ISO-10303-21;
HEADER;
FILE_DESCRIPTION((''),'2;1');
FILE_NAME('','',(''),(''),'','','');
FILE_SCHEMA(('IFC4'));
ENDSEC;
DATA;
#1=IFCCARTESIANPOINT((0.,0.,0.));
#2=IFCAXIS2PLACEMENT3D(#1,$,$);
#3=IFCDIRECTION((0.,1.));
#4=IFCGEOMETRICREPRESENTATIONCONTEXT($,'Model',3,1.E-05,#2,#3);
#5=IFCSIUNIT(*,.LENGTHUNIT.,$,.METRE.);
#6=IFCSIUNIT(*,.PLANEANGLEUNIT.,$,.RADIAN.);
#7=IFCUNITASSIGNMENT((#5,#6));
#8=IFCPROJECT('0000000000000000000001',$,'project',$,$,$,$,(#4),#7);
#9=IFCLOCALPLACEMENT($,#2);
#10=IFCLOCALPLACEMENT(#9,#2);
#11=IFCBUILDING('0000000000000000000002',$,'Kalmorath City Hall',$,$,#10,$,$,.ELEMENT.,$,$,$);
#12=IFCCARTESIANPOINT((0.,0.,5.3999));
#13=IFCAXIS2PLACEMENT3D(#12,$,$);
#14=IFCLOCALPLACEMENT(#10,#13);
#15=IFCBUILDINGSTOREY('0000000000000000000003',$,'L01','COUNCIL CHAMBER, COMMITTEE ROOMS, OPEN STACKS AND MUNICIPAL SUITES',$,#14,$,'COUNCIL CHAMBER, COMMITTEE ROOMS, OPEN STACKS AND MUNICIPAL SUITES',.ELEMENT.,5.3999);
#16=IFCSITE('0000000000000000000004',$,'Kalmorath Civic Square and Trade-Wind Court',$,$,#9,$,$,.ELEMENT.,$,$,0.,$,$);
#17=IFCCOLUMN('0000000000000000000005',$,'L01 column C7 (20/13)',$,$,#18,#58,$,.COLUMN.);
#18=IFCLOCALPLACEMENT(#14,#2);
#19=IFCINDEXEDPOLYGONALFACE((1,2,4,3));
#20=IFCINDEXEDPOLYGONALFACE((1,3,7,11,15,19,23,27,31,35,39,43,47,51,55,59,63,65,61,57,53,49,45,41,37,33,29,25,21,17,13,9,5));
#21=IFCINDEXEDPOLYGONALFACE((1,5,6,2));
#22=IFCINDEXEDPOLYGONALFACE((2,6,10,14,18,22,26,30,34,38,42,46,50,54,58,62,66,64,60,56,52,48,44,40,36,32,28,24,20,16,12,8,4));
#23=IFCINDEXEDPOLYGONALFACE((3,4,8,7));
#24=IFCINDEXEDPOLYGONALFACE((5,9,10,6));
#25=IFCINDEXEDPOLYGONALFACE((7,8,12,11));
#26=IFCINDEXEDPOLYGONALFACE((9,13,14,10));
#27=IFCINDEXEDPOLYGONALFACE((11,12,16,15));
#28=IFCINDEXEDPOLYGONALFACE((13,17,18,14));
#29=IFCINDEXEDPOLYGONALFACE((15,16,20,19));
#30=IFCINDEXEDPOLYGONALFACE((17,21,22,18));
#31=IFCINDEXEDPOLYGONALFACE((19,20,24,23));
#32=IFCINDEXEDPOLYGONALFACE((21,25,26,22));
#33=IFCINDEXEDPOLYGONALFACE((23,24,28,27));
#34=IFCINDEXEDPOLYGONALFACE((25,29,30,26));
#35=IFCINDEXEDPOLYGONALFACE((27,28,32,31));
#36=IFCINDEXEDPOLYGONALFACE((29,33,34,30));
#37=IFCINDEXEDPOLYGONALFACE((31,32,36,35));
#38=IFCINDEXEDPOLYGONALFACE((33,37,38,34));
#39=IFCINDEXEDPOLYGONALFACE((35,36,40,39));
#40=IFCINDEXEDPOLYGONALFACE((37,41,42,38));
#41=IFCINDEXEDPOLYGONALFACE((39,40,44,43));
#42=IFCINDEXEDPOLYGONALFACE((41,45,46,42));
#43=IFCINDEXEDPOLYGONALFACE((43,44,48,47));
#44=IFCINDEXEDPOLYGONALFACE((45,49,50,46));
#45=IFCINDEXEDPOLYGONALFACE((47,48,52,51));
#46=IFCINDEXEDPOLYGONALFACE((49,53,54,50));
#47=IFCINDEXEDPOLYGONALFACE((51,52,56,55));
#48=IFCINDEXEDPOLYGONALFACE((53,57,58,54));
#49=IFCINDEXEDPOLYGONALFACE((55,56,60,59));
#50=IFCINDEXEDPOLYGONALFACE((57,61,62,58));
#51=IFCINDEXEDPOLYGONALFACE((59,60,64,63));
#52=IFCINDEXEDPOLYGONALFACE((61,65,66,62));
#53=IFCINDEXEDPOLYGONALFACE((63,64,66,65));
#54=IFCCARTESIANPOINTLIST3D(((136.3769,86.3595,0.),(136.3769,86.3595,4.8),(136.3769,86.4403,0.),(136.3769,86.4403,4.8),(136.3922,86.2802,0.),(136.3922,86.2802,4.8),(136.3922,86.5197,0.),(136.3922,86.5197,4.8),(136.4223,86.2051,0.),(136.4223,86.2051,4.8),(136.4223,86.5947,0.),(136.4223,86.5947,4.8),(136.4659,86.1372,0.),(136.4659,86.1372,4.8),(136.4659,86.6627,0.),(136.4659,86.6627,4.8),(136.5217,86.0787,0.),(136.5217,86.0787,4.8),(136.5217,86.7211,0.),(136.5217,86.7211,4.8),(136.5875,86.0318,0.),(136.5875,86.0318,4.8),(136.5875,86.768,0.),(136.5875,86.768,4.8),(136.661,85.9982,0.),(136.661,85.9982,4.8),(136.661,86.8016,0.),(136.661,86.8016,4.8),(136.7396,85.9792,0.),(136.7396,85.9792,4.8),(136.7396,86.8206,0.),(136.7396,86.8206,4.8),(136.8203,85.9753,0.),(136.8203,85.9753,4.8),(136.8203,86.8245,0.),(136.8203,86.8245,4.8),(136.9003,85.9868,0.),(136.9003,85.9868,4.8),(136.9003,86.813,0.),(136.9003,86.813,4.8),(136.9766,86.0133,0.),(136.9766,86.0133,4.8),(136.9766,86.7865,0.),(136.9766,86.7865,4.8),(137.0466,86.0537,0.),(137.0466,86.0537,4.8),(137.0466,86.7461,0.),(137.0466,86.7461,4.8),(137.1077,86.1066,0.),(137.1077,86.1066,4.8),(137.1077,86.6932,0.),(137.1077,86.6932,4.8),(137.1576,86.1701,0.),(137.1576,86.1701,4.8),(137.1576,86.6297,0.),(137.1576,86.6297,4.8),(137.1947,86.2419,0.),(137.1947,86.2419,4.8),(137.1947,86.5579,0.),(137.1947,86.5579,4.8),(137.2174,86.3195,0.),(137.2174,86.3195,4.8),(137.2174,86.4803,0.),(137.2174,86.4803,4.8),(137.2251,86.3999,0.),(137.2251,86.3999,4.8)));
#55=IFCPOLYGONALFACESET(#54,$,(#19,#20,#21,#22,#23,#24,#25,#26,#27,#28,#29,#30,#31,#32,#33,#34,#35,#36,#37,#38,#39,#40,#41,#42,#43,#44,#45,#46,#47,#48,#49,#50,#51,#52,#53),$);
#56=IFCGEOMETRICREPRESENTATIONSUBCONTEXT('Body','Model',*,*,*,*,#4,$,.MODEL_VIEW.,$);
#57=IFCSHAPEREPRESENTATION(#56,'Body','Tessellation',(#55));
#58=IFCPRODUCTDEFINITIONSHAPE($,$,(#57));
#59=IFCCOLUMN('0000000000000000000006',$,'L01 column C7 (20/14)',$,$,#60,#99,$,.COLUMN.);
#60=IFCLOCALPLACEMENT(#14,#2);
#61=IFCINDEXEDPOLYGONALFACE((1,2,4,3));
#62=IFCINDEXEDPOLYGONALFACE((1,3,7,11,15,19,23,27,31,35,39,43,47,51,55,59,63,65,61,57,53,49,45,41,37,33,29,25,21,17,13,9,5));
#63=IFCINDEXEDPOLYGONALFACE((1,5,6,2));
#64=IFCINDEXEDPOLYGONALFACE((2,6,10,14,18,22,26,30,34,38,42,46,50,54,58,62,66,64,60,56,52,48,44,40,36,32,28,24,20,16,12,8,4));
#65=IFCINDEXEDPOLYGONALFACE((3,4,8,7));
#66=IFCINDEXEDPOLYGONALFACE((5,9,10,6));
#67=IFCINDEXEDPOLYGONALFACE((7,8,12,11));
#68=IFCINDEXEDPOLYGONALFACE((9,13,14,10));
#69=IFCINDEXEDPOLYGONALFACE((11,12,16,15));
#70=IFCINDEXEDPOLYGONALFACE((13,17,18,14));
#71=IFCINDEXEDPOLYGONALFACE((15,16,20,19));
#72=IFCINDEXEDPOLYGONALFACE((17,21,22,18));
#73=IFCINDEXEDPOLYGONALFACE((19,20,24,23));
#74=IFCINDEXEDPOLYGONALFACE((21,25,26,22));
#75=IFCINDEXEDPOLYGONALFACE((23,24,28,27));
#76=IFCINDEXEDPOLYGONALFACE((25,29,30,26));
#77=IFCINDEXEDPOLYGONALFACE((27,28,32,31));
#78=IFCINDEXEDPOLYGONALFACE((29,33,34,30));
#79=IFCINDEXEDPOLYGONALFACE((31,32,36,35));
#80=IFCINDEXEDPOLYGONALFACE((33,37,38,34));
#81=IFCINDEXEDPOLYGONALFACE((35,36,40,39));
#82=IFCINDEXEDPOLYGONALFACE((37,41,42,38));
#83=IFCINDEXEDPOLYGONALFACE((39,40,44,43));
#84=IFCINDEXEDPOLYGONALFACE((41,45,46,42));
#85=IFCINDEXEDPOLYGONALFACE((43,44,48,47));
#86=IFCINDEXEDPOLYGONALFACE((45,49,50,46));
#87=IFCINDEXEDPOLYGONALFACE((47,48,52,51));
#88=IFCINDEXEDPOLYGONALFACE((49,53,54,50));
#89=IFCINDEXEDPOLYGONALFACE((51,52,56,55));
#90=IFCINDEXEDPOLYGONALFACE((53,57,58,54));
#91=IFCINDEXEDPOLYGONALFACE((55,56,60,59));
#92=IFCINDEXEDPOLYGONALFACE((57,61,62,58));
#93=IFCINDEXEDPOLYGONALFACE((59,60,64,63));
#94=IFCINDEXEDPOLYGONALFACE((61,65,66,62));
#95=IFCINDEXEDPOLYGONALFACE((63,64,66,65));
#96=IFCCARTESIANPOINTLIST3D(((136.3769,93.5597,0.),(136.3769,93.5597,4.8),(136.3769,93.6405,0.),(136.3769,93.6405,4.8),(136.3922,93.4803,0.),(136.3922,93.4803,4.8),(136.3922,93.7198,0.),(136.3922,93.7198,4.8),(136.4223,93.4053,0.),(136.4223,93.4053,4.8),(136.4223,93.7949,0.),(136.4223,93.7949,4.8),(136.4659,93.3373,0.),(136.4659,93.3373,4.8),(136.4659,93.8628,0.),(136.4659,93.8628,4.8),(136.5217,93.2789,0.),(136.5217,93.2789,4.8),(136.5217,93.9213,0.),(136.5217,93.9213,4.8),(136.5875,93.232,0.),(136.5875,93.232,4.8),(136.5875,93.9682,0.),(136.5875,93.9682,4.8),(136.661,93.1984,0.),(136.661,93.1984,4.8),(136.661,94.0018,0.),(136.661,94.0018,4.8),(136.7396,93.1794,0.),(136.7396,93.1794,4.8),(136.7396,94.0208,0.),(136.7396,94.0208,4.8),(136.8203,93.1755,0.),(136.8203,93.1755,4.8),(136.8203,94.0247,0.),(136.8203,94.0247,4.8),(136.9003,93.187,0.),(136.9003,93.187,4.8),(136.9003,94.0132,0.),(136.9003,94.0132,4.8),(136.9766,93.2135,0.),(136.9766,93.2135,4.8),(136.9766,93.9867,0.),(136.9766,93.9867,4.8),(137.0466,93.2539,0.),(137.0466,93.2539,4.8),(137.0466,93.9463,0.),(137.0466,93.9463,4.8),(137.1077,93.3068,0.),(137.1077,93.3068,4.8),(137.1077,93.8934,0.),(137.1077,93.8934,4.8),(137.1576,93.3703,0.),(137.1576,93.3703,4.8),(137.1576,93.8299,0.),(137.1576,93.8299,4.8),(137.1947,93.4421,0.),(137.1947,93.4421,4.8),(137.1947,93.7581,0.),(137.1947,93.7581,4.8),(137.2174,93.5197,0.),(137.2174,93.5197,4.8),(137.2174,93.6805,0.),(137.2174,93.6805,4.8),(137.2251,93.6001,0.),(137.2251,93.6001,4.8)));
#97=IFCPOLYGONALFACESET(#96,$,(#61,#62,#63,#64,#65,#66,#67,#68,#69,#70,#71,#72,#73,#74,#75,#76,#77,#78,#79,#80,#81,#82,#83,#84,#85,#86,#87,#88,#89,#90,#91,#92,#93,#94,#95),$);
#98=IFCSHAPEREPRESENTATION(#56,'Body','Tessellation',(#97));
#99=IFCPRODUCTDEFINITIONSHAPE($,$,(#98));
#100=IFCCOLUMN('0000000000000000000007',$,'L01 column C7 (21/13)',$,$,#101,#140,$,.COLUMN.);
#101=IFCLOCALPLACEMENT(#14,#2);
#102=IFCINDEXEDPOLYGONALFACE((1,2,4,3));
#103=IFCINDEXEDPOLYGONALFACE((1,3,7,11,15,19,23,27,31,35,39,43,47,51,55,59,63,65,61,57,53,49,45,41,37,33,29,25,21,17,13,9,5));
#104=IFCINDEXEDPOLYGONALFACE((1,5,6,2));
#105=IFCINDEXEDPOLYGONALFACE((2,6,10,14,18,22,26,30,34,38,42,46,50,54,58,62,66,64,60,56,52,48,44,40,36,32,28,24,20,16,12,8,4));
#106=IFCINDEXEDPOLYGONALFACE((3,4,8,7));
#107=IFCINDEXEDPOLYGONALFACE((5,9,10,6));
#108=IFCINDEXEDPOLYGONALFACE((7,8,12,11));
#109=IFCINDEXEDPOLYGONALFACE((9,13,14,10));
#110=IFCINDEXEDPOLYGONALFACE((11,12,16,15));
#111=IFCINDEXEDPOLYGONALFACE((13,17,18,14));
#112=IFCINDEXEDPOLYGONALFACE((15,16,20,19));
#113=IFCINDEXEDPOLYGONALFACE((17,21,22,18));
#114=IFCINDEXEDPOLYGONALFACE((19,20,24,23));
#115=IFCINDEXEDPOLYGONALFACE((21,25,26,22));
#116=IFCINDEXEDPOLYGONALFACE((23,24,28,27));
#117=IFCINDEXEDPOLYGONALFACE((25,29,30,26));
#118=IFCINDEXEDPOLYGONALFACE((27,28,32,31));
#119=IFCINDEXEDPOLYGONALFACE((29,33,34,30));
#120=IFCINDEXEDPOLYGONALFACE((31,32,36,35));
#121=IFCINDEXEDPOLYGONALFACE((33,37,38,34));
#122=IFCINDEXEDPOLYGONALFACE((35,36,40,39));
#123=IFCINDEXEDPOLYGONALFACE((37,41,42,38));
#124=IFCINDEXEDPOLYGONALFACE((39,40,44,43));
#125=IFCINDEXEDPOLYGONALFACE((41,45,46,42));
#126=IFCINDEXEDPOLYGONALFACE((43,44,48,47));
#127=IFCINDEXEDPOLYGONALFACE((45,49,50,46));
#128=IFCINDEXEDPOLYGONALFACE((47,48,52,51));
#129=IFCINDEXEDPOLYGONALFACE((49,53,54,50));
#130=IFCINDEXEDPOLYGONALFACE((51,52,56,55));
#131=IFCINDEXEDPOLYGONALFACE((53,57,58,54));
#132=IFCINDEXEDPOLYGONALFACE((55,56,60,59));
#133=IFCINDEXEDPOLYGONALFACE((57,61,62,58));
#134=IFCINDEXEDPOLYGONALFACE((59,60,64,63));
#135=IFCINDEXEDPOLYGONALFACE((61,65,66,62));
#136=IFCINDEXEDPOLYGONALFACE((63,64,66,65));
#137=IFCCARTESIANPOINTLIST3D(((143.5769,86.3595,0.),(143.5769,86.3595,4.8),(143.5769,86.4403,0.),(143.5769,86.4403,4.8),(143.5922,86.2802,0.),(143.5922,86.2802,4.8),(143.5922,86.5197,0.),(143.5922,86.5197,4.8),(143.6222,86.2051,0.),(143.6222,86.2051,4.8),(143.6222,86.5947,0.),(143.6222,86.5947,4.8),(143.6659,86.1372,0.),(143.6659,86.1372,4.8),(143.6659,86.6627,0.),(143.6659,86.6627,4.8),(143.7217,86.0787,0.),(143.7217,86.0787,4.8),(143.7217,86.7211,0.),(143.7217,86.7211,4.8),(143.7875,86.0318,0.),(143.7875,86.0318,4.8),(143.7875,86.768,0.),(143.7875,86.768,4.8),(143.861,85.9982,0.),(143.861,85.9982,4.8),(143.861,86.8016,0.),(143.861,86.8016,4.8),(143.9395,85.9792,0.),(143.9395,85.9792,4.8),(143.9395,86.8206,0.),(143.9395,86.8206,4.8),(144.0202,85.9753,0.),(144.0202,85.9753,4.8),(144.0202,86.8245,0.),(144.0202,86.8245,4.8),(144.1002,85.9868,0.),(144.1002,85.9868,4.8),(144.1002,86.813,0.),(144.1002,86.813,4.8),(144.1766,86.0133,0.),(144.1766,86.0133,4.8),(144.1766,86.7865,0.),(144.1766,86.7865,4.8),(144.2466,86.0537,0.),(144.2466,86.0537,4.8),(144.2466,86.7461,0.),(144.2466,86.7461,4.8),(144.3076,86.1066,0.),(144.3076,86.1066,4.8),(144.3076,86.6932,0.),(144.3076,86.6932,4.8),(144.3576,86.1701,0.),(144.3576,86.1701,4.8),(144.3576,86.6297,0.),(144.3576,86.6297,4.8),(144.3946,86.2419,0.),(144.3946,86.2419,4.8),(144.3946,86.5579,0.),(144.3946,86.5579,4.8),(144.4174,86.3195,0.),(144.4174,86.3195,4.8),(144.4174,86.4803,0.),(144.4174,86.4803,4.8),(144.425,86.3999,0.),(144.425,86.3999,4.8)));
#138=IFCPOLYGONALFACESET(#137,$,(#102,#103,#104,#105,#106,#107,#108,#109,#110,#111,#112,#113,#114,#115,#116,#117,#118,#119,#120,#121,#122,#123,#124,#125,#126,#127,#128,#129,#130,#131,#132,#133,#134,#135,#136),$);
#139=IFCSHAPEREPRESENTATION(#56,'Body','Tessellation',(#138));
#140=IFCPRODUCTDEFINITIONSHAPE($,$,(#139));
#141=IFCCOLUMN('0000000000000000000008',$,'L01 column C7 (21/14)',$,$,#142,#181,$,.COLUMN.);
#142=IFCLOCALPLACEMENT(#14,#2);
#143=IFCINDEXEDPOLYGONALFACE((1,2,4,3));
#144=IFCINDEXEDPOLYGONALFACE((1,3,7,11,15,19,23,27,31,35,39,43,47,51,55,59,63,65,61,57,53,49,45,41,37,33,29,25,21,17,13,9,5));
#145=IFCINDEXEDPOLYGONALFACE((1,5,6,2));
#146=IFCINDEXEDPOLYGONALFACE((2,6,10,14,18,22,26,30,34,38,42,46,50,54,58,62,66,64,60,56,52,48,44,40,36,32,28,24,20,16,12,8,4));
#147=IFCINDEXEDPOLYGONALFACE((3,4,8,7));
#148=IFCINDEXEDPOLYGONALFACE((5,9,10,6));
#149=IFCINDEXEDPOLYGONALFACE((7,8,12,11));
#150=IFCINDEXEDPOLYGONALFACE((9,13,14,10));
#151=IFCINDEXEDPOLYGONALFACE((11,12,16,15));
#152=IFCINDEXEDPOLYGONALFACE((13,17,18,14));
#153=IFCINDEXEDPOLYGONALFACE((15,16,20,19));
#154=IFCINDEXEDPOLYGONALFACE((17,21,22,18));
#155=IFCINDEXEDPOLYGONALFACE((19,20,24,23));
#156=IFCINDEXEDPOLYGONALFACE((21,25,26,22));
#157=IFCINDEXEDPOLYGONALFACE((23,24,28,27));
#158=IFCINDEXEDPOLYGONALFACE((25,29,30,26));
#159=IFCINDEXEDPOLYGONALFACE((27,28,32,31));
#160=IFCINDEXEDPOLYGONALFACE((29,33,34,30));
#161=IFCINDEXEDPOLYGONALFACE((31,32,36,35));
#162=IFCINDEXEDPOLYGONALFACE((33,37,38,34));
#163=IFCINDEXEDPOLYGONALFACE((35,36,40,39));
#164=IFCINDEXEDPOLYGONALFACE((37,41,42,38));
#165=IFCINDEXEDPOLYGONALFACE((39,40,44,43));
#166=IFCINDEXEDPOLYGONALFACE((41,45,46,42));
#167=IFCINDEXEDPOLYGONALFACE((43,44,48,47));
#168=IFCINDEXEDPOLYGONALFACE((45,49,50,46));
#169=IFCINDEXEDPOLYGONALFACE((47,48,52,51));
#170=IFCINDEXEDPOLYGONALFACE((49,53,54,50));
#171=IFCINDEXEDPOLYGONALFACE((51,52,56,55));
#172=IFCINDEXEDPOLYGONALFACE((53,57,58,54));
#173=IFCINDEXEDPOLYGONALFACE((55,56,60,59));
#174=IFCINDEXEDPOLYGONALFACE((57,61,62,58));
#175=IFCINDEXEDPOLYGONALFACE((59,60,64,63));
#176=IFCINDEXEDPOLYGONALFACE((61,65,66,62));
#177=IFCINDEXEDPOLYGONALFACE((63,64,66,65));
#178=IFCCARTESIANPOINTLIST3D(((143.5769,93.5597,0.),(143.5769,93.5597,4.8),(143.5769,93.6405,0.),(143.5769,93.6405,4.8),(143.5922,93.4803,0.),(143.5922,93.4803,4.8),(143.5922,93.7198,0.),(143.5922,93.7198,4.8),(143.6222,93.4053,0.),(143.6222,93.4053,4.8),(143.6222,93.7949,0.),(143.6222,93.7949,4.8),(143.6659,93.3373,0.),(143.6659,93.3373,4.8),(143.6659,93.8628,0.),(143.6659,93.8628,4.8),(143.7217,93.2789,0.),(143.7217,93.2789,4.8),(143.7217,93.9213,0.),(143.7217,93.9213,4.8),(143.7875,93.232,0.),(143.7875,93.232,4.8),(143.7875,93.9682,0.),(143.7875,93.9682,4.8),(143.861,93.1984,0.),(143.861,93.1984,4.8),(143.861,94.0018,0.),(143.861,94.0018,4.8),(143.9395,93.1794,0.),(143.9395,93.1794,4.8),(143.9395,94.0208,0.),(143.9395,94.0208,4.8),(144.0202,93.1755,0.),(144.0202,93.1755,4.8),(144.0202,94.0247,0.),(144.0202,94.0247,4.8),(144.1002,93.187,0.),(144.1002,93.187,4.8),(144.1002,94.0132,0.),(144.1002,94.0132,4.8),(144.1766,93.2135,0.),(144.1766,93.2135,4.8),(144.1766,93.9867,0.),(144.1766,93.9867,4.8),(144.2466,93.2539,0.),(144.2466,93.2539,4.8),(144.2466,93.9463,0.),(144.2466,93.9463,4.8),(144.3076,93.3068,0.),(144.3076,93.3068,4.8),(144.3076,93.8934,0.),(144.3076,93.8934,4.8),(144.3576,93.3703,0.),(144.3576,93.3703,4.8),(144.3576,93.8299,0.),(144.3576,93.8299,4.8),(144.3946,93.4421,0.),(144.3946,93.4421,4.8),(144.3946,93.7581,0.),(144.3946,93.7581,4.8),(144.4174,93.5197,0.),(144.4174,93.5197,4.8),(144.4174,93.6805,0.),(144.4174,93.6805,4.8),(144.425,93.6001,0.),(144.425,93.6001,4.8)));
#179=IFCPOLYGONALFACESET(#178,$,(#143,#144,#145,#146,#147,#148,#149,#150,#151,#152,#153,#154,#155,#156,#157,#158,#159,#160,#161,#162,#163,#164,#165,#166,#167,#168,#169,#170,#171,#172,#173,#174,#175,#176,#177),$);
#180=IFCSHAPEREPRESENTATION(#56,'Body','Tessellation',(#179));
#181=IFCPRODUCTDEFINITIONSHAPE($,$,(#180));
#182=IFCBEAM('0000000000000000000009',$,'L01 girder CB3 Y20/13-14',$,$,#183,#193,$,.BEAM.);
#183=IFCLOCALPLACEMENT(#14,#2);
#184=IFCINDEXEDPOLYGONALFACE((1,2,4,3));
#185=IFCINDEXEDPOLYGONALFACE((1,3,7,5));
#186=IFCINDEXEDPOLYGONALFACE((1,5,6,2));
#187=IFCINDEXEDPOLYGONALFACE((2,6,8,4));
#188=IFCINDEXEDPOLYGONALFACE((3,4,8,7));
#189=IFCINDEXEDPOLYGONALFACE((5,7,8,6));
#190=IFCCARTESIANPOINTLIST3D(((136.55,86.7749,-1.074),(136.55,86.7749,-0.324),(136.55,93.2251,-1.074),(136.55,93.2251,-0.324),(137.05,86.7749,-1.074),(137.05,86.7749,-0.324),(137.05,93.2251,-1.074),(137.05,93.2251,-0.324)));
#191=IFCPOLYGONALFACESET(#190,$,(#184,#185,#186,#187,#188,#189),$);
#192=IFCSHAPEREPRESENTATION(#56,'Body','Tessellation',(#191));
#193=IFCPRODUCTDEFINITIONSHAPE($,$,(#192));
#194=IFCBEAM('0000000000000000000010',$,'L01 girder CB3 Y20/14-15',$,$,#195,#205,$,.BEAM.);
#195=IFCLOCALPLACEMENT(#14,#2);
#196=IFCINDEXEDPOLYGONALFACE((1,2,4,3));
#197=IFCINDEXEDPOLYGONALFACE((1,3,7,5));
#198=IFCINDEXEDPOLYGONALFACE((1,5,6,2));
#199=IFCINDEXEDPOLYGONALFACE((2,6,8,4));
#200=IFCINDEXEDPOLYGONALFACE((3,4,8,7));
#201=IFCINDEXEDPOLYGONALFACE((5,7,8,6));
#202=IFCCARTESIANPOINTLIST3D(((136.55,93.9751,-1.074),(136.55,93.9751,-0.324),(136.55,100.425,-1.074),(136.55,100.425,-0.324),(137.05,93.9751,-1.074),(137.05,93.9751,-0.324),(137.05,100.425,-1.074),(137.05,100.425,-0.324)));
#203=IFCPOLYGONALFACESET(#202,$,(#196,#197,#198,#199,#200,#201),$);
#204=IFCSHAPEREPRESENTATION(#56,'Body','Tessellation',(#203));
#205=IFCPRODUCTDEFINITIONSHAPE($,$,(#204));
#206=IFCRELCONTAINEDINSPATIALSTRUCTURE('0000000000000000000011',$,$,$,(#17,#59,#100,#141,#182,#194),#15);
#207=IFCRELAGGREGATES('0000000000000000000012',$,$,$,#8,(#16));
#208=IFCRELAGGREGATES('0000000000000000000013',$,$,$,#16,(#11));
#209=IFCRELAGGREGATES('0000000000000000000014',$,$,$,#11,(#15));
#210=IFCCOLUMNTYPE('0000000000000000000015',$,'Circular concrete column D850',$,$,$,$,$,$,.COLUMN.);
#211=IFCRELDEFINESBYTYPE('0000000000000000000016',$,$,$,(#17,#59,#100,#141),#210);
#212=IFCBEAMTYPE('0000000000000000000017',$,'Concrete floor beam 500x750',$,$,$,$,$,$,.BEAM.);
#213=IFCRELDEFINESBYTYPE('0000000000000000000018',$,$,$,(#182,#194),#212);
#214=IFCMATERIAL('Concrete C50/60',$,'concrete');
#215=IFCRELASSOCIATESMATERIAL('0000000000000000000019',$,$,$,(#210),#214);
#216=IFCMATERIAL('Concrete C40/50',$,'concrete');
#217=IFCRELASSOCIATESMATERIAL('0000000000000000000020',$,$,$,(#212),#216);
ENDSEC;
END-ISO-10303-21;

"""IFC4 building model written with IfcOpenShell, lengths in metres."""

from ifc_helpers import new_model, si_unit, direction, frame, origin, origin_2d, place, context, subcontext, project, spatial, rectangle, circle, extrude, material, material_profile, profile_set, type_object, element, save


model = new_model("IFC4")

# Units and contexts
model_context = context("Model", 3, precision=1e-05, world=origin(), true_north=direction((0.0, 1.0)))
body_context = subcontext(model_context, "Body", "Model", "MODEL_VIEW")
ifc_project = project(units=[si_unit("LENGTHUNIT", "METRE"), si_unit("PLANEANGLEUNIT", "RADIAN")], contexts=[model_context])

# Site, building, storey
site_placement = place(None, origin())
site = spatial("IfcSite", under=ifc_project, at=site_placement, Name="Kalmorath Civic Square and Trade-Wind Court", CompositionType="ELEMENT", RefElevation=0.0)
building_placement = place(site_placement, origin())
building = spatial("IfcBuilding", under=site, at=building_placement, Name="Kalmorath City Hall", CompositionType="ELEMENT")
storey_placement = place(building_placement, frame((0.0, 0.0, 5.3999)))
storey = spatial("IfcBuildingStorey", under=building, at=storey_placement, Name="L01", Description="COUNCIL CHAMBER, COMMITTEE ROOMS, OPEN STACKS AND MUNICIPAL SUITES", LongName="COUNCIL CHAMBER, COMMITTEE ROOMS, OPEN STACKS AND MUNICIPAL SUITES", CompositionType="ELEMENT", Elevation=5.3999)

# Columns
ifc_material_1 = material(Name="Concrete C50/60", Category="concrete")
ifc_material_profile_1 = material_profile(ifc_material_1, circle(Radius=0.425, at=origin_2d()), Name="RC-COL-D850")
ifc_profile_set_1 = profile_set([ifc_material_profile_1], Name="Concrete C50/60")
column_type = type_object("IfcColumnType", Name="Circular concrete column D850", PredefinedType="COLUMN", material=ifc_profile_set_1)
for number, where, z_axis, x_axis, name in (
    (1, (136.8, 86.3999, 0.0), (0.0, 0.0, 1.0), (1.0, 0.0, 0.0), "L01 column C7 (20/13)"),
    (2, (136.8, 93.6001, 0.0), (0.0, 0.0, 1.0), (1.0, 0.0, 0.0), "L01 column C7 (20/14)"),
    (3, (144.0, 86.3999, 0.0), (0.0, 0.0, 1.0), (1.0, 0.0, 0.0), "L01 column C7 (21/13)"),
    (4, (144.0, 93.6001, 0.0), (0.0, 0.0, 1.0), (1.0, 0.0, 0.0), "L01 column C7 (21/14)"),
):
    element("IfcColumn", number, at=place(storey_placement, frame(where, z_axis=z_axis, x_axis=x_axis)), inside=storey, type_object=column_type, Name=name, PredefinedType="COLUMN", context=body_context, shape_type="SweptSolid", body=[
        extrude(circle(Radius=0.425, at=origin_2d()), origin(), (0.0, 0.0, 1.0), 4.8),
    ])

# Beams
ifc_material_2 = material(Name="Concrete C40/50", Category="concrete")
ifc_material_profile_2 = material_profile(ifc_material_2, rectangle(XDim=0.5, YDim=0.75, at=origin_2d()), Name="RC-BM-500X750")
ifc_profile_set_2 = profile_set([ifc_material_profile_2], Name="Concrete C40/50")
beam_type_1 = type_object("IfcBeamType", Name="Concrete floor beam 500x750", PredefinedType="BEAM", material=ifc_profile_set_2)
beam_1_placement = place(storey_placement, frame((136.8, 86.7749, -0.699), z_axis=(0.0, 1.0, 0.0), x_axis=(-1.0, 0.0, 0.0)))
element("IfcBeam", 5, at=beam_1_placement, inside=storey, type_object=beam_type_1, Name="L01 girder CB3 Y20/13-14", PredefinedType="BEAM", context=body_context, shape_type="SweptSolid", body=[
    extrude(rectangle(XDim=0.5, YDim=0.75, at=origin_2d()), origin(), (0.0, 0.0, 1.0), 6.4502),
])
beam_2_placement = place(storey_placement, frame((136.8, 93.9751, -0.699), z_axis=(0.0, 1.0, 0.0), x_axis=(-1.0, 0.0, 0.0)))
element("IfcBeam", 6, at=beam_2_placement, inside=storey, type_object=beam_type_1, Name="L01 girder CB3 Y20/14-15", PredefinedType="BEAM", context=body_context, shape_type="SweptSolid", body=[
    extrude(rectangle(XDim=0.5, YDim=0.75, at=origin_2d()), origin(), (0.0, 0.0, 1.0), 6.45),
])

save(model, "model.ifc")
